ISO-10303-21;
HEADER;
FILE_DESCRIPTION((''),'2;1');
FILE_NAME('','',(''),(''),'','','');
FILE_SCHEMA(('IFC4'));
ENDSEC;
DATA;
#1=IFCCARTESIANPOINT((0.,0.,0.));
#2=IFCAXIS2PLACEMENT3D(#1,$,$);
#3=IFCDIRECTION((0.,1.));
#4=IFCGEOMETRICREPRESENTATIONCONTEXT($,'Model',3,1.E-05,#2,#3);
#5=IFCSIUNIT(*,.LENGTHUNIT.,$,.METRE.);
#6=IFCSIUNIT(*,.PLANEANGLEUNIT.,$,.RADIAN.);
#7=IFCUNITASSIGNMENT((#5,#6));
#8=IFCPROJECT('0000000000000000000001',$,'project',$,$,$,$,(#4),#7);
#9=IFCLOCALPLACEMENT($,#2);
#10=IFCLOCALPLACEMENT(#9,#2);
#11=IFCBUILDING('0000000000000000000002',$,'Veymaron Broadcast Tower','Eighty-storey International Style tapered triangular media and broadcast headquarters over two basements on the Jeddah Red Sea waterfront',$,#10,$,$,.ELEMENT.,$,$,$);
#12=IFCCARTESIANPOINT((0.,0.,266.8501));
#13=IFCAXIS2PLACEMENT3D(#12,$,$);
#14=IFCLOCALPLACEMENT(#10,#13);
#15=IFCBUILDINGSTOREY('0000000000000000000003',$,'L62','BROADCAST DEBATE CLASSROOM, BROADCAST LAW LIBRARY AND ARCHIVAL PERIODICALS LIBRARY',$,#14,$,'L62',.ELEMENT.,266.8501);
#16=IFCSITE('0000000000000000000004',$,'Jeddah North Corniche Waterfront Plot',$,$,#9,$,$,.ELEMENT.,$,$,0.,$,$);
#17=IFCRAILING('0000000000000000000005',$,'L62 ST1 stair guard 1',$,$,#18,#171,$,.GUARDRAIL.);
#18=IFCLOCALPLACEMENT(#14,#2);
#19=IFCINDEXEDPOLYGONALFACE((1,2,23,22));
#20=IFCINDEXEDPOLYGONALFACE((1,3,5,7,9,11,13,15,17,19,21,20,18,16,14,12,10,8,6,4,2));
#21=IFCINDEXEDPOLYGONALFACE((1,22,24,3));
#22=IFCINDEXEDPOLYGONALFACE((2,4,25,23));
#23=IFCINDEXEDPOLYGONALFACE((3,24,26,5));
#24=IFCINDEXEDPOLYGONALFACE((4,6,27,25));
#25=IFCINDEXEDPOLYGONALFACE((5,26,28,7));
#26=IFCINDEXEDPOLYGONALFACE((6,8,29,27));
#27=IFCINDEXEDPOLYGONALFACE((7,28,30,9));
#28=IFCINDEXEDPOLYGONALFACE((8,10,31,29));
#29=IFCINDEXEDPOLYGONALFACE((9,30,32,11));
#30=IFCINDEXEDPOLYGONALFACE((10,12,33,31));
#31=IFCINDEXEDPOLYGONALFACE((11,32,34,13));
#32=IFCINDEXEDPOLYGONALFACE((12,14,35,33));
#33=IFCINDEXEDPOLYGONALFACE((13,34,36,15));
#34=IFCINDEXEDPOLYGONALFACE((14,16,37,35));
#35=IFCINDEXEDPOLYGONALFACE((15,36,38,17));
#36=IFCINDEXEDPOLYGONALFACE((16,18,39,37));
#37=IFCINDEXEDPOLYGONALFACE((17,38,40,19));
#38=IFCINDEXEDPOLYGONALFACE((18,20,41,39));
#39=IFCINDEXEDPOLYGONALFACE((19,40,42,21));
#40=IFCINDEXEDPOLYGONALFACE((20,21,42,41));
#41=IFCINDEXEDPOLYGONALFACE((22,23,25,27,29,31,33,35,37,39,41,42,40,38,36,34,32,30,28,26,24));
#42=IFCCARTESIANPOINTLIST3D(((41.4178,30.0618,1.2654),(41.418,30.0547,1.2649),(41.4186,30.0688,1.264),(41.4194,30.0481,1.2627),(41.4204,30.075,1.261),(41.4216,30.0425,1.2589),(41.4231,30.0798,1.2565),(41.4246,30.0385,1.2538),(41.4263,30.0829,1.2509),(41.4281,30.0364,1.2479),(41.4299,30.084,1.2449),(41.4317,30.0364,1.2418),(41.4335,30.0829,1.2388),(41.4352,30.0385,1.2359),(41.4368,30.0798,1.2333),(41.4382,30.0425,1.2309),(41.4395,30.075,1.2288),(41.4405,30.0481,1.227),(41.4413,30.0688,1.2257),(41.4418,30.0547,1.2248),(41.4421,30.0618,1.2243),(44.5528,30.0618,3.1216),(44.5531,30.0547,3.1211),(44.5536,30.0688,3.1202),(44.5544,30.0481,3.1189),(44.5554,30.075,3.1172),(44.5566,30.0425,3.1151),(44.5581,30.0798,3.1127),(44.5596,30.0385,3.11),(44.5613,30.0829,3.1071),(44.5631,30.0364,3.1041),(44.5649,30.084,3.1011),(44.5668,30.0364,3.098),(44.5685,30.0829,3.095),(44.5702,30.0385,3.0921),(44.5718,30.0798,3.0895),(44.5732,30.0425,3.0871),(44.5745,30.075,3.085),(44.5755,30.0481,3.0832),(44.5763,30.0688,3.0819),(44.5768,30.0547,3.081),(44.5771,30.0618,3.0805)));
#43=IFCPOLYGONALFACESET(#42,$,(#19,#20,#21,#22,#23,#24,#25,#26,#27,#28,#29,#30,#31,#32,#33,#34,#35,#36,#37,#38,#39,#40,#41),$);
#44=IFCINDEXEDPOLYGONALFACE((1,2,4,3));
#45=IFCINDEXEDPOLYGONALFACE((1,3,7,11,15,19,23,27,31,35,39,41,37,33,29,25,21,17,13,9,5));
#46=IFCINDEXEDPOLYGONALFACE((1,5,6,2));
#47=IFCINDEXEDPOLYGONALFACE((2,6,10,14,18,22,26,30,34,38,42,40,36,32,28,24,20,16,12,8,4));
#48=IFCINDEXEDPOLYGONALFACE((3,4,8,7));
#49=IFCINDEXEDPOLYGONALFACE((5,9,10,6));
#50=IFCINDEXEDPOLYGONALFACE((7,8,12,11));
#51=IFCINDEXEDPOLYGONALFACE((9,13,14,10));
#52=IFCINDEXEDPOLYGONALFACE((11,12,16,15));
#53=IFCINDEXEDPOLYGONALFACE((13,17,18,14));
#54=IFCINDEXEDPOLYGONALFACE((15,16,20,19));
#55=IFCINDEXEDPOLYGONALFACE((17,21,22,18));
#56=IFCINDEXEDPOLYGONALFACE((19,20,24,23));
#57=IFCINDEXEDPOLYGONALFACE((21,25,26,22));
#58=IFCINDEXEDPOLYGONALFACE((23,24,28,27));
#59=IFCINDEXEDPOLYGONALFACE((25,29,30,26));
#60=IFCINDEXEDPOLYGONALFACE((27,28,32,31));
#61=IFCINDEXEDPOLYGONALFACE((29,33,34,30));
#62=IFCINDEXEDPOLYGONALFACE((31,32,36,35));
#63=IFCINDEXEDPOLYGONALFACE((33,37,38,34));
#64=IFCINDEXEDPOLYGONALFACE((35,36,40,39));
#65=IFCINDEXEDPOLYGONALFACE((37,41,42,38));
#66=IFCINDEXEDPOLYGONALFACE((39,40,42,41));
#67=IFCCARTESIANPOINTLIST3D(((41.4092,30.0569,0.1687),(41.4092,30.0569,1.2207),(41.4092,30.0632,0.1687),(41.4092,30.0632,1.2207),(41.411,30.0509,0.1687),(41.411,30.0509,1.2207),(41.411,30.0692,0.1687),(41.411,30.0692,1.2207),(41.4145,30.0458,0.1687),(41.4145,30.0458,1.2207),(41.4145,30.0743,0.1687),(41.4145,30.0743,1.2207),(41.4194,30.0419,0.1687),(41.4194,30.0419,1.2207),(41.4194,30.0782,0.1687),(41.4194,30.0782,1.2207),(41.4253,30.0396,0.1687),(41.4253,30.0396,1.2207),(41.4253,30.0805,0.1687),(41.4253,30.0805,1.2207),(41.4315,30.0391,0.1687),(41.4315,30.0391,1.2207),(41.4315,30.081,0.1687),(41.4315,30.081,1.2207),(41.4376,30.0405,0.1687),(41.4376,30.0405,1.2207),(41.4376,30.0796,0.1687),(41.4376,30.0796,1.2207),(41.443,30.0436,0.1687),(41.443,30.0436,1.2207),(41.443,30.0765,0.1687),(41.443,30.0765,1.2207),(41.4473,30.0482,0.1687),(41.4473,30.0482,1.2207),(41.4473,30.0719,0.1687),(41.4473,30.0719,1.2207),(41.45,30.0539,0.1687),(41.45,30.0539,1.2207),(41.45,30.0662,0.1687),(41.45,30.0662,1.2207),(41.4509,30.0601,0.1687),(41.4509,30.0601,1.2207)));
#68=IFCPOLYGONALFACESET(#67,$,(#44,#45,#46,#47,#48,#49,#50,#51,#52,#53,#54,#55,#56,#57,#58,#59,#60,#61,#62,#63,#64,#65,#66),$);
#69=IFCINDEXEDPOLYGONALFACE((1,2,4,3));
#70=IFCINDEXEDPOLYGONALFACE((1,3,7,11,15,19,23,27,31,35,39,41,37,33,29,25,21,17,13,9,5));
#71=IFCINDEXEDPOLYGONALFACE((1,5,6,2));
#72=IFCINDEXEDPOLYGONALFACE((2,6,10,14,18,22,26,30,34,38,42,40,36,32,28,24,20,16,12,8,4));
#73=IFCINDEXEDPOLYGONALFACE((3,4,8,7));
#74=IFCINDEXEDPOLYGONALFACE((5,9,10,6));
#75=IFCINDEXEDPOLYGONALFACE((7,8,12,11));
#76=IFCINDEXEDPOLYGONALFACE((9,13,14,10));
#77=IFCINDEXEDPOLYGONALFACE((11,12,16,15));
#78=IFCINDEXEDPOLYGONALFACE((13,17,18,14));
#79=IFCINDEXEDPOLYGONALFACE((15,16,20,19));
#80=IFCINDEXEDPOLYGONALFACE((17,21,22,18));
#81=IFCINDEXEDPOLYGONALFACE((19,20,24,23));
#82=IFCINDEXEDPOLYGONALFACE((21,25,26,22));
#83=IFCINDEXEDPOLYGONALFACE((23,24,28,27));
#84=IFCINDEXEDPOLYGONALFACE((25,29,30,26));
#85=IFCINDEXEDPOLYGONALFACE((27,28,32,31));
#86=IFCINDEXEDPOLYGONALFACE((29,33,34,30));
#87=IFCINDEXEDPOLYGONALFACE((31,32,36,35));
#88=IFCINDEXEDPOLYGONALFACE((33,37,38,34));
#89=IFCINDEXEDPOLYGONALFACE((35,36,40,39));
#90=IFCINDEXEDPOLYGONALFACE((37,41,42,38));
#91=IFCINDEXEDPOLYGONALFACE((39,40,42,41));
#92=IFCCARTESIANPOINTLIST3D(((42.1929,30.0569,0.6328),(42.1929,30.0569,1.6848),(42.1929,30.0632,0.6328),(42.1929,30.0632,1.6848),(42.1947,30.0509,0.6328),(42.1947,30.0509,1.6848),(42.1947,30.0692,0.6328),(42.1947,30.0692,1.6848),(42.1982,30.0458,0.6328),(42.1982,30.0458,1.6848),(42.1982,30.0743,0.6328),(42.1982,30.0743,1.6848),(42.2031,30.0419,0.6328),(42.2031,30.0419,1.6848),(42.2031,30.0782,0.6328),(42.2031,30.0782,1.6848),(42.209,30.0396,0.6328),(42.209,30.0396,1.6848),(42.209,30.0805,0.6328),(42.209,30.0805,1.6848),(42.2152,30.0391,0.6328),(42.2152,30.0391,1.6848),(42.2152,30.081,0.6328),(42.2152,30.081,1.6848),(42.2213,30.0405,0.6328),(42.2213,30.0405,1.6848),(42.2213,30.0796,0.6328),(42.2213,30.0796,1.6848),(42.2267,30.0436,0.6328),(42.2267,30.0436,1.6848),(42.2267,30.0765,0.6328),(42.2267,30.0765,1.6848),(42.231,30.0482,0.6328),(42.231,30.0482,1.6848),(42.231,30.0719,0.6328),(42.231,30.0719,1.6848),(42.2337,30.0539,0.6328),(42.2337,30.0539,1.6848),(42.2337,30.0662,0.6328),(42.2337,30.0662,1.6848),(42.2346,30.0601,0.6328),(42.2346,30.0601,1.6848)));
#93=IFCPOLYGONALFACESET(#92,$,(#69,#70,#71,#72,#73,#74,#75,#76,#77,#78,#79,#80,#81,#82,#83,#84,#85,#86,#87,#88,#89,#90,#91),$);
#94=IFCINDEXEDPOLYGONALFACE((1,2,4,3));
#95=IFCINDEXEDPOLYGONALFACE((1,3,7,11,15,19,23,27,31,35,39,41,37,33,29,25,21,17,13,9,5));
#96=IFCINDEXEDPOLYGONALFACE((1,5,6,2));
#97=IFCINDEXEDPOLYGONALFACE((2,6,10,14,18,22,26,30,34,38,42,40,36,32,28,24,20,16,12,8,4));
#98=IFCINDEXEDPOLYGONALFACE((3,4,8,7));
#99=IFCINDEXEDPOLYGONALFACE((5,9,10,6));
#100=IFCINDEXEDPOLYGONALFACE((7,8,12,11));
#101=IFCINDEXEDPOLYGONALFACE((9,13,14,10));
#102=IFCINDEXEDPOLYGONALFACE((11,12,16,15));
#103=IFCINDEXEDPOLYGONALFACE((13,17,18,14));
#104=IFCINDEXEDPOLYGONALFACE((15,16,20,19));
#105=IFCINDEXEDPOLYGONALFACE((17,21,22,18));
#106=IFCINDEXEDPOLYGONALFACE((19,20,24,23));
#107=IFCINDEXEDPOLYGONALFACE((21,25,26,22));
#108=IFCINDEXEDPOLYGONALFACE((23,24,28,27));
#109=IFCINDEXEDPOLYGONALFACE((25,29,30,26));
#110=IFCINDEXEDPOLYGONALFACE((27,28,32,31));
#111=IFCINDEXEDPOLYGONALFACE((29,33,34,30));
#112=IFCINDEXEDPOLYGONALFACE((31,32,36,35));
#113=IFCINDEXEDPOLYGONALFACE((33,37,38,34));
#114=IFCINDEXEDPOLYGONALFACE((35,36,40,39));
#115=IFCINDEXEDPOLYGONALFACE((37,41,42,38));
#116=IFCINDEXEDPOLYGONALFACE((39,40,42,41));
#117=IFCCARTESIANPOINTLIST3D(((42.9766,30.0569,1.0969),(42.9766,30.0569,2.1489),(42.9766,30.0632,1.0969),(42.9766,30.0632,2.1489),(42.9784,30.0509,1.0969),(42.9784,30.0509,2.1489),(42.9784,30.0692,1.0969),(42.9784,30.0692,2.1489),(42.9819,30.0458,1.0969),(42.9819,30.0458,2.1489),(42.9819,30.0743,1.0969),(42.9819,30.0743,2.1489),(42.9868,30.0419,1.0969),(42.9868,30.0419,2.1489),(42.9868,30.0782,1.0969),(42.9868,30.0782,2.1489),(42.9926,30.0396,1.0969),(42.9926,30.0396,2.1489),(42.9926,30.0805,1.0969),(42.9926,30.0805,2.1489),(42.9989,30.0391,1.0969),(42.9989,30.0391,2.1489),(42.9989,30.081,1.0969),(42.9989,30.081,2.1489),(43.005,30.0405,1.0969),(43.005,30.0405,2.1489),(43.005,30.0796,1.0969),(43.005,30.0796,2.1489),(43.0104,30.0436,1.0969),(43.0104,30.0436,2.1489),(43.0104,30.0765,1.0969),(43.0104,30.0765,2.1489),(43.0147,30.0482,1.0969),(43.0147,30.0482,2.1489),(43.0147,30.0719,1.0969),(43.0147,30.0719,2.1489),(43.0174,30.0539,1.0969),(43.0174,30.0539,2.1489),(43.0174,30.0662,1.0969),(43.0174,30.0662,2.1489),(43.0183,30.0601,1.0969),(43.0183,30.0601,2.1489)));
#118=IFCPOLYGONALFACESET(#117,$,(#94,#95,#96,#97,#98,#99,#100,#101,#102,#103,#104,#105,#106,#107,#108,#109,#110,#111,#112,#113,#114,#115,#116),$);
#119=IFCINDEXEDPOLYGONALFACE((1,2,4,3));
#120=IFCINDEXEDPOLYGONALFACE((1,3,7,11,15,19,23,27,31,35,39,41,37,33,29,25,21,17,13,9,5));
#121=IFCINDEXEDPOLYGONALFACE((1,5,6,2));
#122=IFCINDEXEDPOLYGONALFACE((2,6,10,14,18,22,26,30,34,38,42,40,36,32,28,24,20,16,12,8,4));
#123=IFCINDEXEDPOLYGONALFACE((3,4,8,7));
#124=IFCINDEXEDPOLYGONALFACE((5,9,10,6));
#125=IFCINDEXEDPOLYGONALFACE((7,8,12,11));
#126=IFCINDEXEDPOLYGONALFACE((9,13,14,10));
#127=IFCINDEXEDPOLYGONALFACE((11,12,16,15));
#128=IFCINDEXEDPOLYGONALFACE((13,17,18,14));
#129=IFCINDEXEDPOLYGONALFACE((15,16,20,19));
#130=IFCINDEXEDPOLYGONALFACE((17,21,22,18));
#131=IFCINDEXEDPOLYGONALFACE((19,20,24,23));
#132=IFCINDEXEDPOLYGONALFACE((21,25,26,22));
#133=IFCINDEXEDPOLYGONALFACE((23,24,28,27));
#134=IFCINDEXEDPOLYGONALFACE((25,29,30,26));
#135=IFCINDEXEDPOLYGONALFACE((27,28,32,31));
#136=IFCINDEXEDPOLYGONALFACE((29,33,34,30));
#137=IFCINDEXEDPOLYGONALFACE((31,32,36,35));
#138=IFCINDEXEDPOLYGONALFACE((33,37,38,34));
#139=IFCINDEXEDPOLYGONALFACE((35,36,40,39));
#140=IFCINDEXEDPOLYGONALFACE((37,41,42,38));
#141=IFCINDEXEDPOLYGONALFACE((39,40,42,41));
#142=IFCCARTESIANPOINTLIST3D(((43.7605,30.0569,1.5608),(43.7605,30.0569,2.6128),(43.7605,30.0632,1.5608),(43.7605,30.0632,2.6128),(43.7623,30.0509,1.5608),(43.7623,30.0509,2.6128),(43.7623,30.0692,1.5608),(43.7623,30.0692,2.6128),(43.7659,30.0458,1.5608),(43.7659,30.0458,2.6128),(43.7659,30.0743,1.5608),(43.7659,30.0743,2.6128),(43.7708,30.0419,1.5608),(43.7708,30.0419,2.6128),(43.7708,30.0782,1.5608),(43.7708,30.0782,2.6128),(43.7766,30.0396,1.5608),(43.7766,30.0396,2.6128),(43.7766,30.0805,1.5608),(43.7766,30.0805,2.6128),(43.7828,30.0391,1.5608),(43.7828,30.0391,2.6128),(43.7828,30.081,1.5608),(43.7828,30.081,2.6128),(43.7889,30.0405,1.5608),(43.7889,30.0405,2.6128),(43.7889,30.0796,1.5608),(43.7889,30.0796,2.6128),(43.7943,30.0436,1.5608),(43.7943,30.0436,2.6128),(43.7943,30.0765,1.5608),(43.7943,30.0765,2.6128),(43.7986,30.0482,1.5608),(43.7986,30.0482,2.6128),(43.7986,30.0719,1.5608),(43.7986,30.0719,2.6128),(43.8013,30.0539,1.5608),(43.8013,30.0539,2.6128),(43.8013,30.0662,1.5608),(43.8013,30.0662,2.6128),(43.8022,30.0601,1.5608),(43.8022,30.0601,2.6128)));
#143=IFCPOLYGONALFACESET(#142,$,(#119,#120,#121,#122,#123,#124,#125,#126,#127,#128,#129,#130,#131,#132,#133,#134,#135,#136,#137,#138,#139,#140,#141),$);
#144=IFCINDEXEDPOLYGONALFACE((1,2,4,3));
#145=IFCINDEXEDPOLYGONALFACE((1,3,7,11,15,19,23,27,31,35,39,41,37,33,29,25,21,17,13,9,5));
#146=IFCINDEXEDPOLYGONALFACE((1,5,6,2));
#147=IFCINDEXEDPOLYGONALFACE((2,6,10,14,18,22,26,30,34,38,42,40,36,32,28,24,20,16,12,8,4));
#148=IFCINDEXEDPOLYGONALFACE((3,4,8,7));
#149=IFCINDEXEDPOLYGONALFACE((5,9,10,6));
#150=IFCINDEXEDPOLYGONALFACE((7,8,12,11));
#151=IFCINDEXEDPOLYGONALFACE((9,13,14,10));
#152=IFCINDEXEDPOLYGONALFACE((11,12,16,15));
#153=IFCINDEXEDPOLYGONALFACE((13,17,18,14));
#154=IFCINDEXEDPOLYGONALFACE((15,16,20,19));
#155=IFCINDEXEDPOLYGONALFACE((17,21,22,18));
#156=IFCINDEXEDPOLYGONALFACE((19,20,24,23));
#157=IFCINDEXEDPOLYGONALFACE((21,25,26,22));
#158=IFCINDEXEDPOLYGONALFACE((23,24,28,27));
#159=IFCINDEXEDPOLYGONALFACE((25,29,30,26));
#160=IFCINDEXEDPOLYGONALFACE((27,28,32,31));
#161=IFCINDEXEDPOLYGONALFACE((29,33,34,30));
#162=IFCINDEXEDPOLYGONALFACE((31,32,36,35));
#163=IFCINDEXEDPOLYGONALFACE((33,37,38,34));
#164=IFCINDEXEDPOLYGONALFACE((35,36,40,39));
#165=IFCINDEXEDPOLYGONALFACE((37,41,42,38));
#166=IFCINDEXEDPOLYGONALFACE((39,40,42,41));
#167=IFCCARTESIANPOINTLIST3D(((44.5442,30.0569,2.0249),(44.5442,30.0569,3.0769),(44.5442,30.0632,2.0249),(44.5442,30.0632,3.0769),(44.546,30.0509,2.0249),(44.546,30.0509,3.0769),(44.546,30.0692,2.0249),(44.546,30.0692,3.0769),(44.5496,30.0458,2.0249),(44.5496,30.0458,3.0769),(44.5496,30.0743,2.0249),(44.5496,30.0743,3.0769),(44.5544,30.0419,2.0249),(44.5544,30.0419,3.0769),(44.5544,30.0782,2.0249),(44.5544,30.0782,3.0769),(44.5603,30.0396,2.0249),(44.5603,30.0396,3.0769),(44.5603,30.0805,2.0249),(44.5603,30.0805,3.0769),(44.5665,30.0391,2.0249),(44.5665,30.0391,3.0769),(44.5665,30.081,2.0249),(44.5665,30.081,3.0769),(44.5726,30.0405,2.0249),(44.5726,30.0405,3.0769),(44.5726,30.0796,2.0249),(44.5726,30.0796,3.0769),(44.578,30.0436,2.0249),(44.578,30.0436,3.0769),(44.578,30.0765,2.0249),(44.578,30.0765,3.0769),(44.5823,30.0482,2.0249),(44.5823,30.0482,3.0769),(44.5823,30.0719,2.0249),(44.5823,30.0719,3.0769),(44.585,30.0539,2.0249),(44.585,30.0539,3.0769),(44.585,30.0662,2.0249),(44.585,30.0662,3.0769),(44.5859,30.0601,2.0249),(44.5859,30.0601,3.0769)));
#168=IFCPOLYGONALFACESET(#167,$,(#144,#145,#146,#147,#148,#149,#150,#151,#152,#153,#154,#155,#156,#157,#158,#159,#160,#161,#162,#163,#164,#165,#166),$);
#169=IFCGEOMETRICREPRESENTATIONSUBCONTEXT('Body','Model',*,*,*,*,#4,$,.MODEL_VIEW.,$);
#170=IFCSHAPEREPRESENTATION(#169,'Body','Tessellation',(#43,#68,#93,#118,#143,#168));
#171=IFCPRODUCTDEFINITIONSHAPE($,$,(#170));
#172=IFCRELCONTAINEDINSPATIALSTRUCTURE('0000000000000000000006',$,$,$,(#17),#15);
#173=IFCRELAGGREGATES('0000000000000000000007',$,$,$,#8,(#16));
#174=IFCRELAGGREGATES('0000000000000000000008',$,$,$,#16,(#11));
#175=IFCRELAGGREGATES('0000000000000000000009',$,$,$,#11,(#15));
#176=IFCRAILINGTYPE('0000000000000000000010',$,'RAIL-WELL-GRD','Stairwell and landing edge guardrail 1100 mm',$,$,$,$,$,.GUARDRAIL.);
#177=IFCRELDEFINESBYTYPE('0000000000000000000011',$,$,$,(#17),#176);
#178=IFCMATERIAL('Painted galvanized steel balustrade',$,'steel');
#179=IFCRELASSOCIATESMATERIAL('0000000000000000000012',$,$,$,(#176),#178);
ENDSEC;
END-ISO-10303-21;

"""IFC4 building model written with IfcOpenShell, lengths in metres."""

from ifc_helpers import new_model, si_unit, direction, frame, origin, origin_2d, place, context, subcontext, project, spatial, circle, extrude, material, type_object, element, save


model = new_model("IFC4")

# Units and contexts
model_context = context("Model", 3, precision=1e-05, world=origin(), true_north=direction((0.0, 1.0)))
body_context = subcontext(model_context, "Body", "Model", "MODEL_VIEW")
ifc_project = project(units=[si_unit("LENGTHUNIT", "METRE"), si_unit("PLANEANGLEUNIT", "RADIAN")], contexts=[model_context])

# Site, building, storey
site_placement = place(None, origin())
site = spatial("IfcSite", under=ifc_project, at=site_placement, Name="Jeddah North Corniche Waterfront Plot", CompositionType="ELEMENT", RefElevation=0.0)
building_placement = place(site_placement, origin())
building = spatial("IfcBuilding", under=site, at=building_placement, Name="Veymaron Broadcast Tower", Description="Eighty-storey International Style tapered triangular media and broadcast headquarters over two basements on the Jeddah Red Sea waterfront", CompositionType="ELEMENT")
storey_placement = place(building_placement, frame((0.0, 0.0, 266.8501)))
storey = spatial("IfcBuildingStorey", under=building, at=storey_placement, Name="L62", Description="BROADCAST DEBATE CLASSROOM, BROADCAST LAW LIBRARY AND ARCHIVAL PERIODICALS LIBRARY", LongName="L62", CompositionType="ELEMENT", Elevation=266.8501)

# Railing
ifc_material_1 = material(Name="Painted galvanized steel balustrade", Category="steel")
railing_type_1 = type_object("IfcRailingType", Name="RAIL-WELL-GRD", Description="Stairwell and landing edge guardrail 1100 mm", PredefinedType="GUARDRAIL", material=ifc_material_1)
railing_1_placement = place(storey_placement, frame((41.4299, 30.0601, 0.1687)))
element("IfcRailing", 1, at=railing_1_placement, inside=storey, type_object=railing_type_1, Name="L62 ST1 stair guard 1", PredefinedType="GUARDRAIL", context=body_context, shape_type="SweptSolid", body=[
    extrude(circle(Radius=0.0239, at=origin_2d()), frame((0.0, 0.0, 1.0762), z_axis=(0.860482, 0.0, 0.509481), x_axis=(0.0, 1.0, 0.0)), (0.0, 0.0, 1.0), 3.6433),
    extrude(circle(Radius=0.021, at=origin_2d()), origin(), (0.0, 0.0, 1.0), 1.052),
    extrude(circle(Radius=0.021, at=origin_2d()), frame((0.7837, 0.0, 0.4641)), (0.0, 0.0, 1.0), 1.052),
    extrude(circle(Radius=0.021, at=origin_2d()), frame((1.5674, 0.0, 0.9282)), (0.0, 0.0, 1.0), 1.052),
    extrude(circle(Radius=0.021, at=origin_2d()), frame((2.3513, 0.0, 1.3921)), (0.0, 0.0, 1.0), 1.052),
    extrude(circle(Radius=0.021, at=origin_2d()), frame((3.135, 0.0, 1.8562)), (0.0, 0.0, 1.0), 1.052),
])

save(model, "model.ifc")
